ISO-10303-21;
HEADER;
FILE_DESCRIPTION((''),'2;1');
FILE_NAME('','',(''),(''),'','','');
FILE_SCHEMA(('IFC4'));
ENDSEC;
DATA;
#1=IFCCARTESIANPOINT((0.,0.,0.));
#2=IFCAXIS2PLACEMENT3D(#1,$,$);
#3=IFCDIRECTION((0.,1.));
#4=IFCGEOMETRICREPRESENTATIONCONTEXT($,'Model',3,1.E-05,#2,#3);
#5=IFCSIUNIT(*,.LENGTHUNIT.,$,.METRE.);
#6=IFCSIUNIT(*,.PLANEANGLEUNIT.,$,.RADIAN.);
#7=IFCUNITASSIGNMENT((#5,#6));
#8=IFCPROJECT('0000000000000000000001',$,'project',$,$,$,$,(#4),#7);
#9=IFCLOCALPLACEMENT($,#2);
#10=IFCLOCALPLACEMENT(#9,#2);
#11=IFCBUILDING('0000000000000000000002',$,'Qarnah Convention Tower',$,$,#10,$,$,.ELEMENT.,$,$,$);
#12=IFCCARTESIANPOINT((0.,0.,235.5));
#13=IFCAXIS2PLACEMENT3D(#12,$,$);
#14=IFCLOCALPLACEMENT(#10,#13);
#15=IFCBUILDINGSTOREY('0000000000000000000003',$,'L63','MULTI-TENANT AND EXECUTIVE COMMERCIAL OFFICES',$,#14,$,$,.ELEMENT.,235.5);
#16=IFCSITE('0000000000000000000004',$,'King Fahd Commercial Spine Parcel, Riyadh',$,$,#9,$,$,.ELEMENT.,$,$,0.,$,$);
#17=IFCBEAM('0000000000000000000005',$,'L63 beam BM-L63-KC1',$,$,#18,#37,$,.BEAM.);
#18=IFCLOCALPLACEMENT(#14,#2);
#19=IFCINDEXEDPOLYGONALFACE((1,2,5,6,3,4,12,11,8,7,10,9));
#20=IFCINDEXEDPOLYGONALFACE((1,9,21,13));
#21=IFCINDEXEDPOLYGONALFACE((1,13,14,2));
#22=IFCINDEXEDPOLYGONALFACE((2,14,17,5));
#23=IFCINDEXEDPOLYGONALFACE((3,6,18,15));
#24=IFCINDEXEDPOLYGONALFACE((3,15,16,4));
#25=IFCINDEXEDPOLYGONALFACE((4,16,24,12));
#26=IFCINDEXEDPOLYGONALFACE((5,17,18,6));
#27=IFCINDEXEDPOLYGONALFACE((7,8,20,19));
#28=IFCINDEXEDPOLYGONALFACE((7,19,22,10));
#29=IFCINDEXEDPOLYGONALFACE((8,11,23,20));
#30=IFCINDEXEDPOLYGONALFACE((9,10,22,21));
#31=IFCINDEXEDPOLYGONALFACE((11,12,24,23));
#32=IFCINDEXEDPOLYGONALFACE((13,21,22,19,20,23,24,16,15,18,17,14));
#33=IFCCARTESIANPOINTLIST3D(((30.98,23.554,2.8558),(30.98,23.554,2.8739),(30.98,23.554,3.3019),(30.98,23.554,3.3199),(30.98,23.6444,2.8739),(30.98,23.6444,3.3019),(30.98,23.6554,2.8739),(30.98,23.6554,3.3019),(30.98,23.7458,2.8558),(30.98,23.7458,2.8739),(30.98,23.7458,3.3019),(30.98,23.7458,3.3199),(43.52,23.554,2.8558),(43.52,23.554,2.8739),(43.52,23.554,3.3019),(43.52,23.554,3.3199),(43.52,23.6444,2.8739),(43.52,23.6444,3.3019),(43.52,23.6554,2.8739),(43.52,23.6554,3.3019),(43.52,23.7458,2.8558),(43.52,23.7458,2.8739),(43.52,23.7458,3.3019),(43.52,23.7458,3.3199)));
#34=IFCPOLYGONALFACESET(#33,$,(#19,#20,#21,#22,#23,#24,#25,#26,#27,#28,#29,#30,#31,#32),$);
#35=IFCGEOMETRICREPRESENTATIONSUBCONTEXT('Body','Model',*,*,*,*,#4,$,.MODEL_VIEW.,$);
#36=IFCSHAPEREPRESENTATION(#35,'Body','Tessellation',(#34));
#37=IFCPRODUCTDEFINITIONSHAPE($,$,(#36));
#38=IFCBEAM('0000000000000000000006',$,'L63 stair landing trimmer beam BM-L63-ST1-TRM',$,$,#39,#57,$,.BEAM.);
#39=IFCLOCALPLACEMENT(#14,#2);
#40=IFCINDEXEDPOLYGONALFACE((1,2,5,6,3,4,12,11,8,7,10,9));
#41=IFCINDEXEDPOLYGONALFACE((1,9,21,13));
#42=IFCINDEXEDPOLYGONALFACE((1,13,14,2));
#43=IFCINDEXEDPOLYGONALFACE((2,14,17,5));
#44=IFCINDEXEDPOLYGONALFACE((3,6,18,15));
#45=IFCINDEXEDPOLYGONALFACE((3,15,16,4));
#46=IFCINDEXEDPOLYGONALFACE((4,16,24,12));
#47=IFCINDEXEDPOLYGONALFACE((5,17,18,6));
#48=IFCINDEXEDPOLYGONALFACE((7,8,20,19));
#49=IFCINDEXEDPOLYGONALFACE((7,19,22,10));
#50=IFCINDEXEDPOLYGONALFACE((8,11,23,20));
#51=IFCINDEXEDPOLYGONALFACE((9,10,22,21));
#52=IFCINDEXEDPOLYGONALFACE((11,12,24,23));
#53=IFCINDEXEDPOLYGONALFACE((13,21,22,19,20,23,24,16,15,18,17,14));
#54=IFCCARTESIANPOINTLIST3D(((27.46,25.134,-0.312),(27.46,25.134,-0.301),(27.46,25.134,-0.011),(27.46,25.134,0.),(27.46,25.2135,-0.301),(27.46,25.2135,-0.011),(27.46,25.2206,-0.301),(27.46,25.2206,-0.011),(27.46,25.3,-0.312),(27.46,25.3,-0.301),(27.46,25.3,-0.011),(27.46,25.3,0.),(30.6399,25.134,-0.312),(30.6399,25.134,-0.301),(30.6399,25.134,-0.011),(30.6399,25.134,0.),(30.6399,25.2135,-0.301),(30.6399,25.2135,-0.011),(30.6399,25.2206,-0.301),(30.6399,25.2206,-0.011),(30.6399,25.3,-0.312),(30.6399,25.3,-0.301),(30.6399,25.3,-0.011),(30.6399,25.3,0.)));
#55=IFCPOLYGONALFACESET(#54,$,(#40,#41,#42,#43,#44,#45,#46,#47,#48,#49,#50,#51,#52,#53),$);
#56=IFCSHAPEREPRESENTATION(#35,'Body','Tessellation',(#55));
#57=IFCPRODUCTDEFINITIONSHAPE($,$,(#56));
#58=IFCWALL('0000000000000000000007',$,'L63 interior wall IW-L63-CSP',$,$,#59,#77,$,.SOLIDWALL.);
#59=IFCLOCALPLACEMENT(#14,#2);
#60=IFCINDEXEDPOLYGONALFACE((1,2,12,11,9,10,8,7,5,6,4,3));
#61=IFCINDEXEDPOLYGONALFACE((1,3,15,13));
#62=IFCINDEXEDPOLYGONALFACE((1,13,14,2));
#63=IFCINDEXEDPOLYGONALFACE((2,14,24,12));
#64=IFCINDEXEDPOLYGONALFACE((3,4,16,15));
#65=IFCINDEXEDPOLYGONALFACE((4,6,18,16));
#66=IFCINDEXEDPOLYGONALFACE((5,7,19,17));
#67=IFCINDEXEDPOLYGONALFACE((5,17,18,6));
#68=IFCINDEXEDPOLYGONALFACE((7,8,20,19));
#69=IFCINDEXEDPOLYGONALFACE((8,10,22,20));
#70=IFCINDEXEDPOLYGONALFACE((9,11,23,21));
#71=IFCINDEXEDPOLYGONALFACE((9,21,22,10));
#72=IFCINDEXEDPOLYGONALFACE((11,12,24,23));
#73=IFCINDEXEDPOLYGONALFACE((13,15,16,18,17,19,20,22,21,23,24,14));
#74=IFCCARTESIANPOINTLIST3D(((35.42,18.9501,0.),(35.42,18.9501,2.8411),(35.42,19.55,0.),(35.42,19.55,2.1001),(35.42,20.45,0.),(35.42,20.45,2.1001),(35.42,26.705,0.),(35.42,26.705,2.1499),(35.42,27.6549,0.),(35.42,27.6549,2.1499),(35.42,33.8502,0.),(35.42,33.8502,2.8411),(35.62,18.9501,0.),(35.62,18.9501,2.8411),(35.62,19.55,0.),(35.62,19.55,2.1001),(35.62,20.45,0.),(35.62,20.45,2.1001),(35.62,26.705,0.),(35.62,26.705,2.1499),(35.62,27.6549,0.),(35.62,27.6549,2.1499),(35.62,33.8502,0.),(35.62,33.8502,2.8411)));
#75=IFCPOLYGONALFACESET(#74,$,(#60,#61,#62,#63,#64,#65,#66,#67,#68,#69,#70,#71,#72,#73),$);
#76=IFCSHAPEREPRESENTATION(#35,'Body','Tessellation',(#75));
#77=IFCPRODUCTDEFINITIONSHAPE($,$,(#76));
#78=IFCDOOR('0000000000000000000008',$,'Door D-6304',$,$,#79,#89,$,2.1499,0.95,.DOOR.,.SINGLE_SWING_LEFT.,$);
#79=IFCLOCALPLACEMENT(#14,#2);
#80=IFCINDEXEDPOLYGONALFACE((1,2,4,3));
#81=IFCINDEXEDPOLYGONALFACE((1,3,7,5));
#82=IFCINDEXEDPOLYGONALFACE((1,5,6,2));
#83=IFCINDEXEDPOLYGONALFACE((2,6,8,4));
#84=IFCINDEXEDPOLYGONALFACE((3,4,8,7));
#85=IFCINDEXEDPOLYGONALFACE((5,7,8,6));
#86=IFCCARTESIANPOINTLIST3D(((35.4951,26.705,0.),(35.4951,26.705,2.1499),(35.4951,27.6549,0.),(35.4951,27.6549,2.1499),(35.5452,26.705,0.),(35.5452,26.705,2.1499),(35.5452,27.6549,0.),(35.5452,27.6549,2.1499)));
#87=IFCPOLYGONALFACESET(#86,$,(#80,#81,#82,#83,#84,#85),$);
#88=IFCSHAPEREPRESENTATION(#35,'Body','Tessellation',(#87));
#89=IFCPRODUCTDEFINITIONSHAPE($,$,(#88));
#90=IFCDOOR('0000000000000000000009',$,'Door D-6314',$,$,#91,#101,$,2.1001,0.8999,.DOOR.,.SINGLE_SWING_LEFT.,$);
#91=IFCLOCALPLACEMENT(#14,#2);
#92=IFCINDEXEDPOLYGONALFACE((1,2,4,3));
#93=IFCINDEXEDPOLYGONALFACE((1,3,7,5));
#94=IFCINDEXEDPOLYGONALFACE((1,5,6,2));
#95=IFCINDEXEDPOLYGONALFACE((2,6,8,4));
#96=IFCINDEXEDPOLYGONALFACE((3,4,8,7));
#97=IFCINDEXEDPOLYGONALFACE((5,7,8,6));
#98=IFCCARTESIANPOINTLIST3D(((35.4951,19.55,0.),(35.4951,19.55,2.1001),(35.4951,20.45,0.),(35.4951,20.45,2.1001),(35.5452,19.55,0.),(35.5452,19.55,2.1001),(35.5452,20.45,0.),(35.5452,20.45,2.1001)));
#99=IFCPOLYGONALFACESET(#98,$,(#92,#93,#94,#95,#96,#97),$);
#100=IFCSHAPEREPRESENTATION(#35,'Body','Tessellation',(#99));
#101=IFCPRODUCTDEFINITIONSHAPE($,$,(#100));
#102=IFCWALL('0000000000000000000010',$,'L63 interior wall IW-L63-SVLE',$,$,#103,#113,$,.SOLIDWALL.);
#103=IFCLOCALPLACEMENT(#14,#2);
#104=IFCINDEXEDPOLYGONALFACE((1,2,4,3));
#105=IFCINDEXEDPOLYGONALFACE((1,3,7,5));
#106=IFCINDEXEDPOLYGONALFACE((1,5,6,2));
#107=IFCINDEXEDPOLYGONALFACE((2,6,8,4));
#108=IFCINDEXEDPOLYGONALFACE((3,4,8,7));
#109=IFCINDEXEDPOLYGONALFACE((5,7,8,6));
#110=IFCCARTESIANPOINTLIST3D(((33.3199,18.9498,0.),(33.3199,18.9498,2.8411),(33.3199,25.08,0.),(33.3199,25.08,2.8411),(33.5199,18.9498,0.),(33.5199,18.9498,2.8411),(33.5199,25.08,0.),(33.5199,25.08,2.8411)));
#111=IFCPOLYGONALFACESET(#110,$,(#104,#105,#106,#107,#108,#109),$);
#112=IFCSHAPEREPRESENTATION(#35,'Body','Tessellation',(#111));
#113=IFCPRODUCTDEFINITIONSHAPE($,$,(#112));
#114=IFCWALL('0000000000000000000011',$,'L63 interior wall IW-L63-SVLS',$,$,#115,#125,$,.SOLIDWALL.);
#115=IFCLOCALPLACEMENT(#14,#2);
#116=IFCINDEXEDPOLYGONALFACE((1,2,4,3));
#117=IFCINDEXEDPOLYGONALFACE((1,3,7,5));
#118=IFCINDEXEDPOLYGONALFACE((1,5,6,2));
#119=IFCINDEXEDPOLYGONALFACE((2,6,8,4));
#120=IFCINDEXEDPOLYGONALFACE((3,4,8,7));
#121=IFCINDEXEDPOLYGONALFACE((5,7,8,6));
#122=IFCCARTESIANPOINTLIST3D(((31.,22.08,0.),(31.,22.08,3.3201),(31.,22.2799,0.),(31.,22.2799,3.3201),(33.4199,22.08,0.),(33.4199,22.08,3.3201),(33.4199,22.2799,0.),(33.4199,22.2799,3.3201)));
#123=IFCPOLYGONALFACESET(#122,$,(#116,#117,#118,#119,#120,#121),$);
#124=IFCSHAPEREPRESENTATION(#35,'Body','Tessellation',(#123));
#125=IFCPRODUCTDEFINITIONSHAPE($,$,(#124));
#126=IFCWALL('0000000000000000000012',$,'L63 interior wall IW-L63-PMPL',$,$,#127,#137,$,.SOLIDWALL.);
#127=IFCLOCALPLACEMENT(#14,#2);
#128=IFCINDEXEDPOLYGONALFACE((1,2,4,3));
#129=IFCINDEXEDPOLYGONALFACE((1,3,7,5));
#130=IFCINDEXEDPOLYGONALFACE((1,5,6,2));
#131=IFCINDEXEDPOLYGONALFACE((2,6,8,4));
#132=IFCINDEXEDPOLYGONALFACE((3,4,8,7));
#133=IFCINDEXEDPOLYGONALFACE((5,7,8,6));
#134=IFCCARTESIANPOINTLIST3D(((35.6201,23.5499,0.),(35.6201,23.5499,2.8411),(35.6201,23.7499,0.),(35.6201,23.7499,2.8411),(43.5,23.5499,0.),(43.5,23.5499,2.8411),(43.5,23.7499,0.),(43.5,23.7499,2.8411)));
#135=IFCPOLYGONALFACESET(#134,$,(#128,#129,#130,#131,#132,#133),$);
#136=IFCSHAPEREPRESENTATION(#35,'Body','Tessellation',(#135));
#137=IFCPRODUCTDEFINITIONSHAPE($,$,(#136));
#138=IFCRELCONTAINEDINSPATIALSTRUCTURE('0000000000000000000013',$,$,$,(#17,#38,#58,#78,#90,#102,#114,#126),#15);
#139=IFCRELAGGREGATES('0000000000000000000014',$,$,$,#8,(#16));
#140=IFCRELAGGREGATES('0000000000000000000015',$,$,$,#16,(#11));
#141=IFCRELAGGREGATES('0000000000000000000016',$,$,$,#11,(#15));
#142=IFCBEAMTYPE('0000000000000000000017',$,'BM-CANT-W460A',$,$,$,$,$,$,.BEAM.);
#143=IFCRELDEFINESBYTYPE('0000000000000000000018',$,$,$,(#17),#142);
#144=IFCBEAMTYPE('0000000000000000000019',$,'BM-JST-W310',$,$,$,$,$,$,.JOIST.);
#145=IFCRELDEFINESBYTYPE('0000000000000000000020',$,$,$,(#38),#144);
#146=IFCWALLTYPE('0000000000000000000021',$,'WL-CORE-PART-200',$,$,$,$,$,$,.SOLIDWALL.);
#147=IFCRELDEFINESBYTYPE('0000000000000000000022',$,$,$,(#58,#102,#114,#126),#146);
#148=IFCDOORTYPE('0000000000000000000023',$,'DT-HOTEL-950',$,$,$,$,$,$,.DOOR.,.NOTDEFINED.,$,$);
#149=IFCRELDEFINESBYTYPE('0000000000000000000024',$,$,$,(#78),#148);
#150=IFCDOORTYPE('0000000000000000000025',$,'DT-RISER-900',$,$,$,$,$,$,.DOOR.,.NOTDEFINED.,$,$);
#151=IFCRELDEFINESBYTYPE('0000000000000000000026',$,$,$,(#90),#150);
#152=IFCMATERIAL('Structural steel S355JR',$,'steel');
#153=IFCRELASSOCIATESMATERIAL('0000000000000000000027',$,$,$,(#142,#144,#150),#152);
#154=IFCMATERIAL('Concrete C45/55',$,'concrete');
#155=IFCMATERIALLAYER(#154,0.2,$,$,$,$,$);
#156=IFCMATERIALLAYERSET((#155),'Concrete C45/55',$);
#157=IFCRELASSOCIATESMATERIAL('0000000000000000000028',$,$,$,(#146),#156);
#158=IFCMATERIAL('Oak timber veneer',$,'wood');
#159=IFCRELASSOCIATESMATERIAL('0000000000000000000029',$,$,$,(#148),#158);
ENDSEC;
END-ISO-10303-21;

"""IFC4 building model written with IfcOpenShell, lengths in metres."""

from ifc_helpers import new_model, si_unit, direction, frame, frame_2d, origin, origin_2d, place, context, subcontext, project, spatial, rectangle, i_section, extrude, material, layer, layer_set, material_profile, profile_set, type_object, element, fill, save


model = new_model("IFC4")

# Units and contexts
model_context = context("Model", 3, precision=1e-05, world=origin(), true_north=direction((0.0, 1.0)))
body_context = subcontext(model_context, "Body", "Model", "MODEL_VIEW")
ifc_project = project(units=[si_unit("LENGTHUNIT", "METRE"), si_unit("PLANEANGLEUNIT", "RADIAN")], contexts=[model_context])

# Site, building, storey
site_placement = place(None, origin())
site = spatial("IfcSite", under=ifc_project, at=site_placement, Name="King Fahd Commercial Spine Parcel, Riyadh", CompositionType="ELEMENT", RefElevation=0.0)
building_placement = place(site_placement, origin())
building = spatial("IfcBuilding", under=site, at=building_placement, Name="Qarnah Convention Tower", CompositionType="ELEMENT")
storey_placement = place(building_placement, frame((0.0, 0.0, 235.5)))
storey = spatial("IfcBuildingStorey", under=building, at=storey_placement, Name="L63", Description="MULTI-TENANT AND EXECUTIVE COMMERCIAL OFFICES", CompositionType="ELEMENT", Elevation=235.5)

# Beams
ifc_material_1 = material(Name="Structural steel S355JR", Category="steel")
ifc_material_profile_1 = material_profile(ifc_material_1, i_section(OverallWidth=0.1919, OverallDepth=0.4641, WebThickness=0.011, FlangeThickness=0.0181, at=origin_2d()), Name="W460X89")
ifc_profile_set_1 = profile_set([ifc_material_profile_1], Name="Structural steel S355JR")
beam_type_1 = type_object("IfcBeamType", Name="BM-CANT-W460A", PredefinedType="BEAM", material=ifc_profile_set_1)
beam_1_placement = place(storey_placement, frame((30.98, 23.6499, 3.0879), z_axis=(1.0, 0.0, 0.0), x_axis=(0.0, 1.0, 0.0)))
element("IfcBeam", 1, at=beam_1_placement, inside=storey, type_object=beam_type_1, Name="L63 beam BM-L63-KC1", PredefinedType="BEAM", context=body_context, shape_type="SweptSolid", body=[
    extrude(i_section(OverallWidth=0.1919, OverallDepth=0.4641, WebThickness=0.011, FlangeThickness=0.0181, at=origin_2d()), origin(), (0.0, 0.0, 1.0), 12.54),
])
ifc_material_profile_2 = material_profile(ifc_material_1, i_section(OverallWidth=0.166, OverallDepth=0.312, WebThickness=0.0071, FlangeThickness=0.011, at=origin_2d()), Name="W310X45")
ifc_profile_set_2 = profile_set([ifc_material_profile_2], Name="Structural steel S355JR")
beam_type_2 = type_object("IfcBeamType", Name="BM-JST-W310", PredefinedType="JOIST", material=ifc_profile_set_2)
beam_2_placement = place(storey_placement, frame((27.46, 25.217, -0.156), z_axis=(1.0, 0.0, 0.0), x_axis=(0.0, 1.0, 0.0)))
element("IfcBeam", 2, at=beam_2_placement, inside=storey, type_object=beam_type_2, Name="L63 stair landing trimmer beam BM-L63-ST1-TRM", PredefinedType="BEAM", context=body_context, shape_type="SweptSolid", body=[
    extrude(i_section(OverallWidth=0.166, OverallDepth=0.312, WebThickness=0.0071, FlangeThickness=0.011, at=origin_2d()), origin(), (0.0, 0.0, 1.0), 3.1799),
])

# Wall, openings, doors
ifc_material_2 = material(Name="Concrete C45/55", Category="concrete")
ifc_layer_1 = layer(ifc_material_2, 0.2)
ifc_layer_set_1 = layer_set([ifc_layer_1], Name="Concrete C45/55")
wall_type_1 = type_object("IfcWallType", Name="WL-CORE-PART-200", PredefinedType="SOLIDWALL", material=ifc_layer_set_1)
wall_1_placement = place(storey_placement, frame((35.52, 18.95, 0.0), z_axis=(0.0, 0.0, 1.0), x_axis=(0.0, 1.0, 0.0)))
wall_1 = element("IfcWall", 3, at=wall_1_placement, inside=storey, type_object=wall_type_1, Name="L63 interior wall IW-L63-CSP", PredefinedType="SOLIDWALL", context=body_context, shape_type="SweptSolid", body=[
    extrude(rectangle(XDim=14.9001, YDim=0.2, at=frame_2d((7.4502, 0.0))), origin(), (0.0, 0.0, 1.0), 2.8411),
])
opening_1_placement = place(wall_1_placement, frame((7.7549, 0.0, 0.0)))
opening_1 = element("IfcOpeningElement", 4, at=opening_1_placement, cuts=wall_1, PredefinedType="OPENING", context=body_context, shape_type="SweptSolid", body=[
    extrude(rectangle(XDim=0.95, YDim=2.1499, at=frame_2d((0.4751, 1.075))), frame((0.0, 0.1099, 0.0), z_axis=(0.0, -1.0, 0.0), x_axis=(1.0, 0.0, 0.0)), (0.0, 0.0, 1.0), 0.22),
])
opening_2_placement = place(wall_1_placement, frame((0.6001, 0.0, 0.0)))
opening_2 = element("IfcOpeningElement", 5, at=opening_2_placement, cuts=wall_1, PredefinedType="OPENING", context=body_context, shape_type="SweptSolid", body=[
    extrude(rectangle(XDim=0.8999, YDim=2.1001, at=frame_2d((0.45, 1.05))), frame((0.0, 0.1099, 0.0), z_axis=(0.0, -1.0, 0.0), x_axis=(1.0, 0.0, 0.0)), (0.0, 0.0, 1.0), 0.22),
])
ifc_material_3 = material(Name="Oak timber veneer", Category="wood")
door_type_1 = type_object("IfcDoorType", Name="DT-HOTEL-950", OperationType="NOTDEFINED", PredefinedType="DOOR", material=ifc_material_3)
door_1_placement = place(opening_1_placement, origin())
door_1 = element("IfcDoor", 6, at=door_1_placement, inside=storey, type_object=door_type_1, Name="Door D-6304", OperationType="SINGLE_SWING_LEFT", OverallHeight=2.1499, OverallWidth=0.95, PredefinedType="DOOR", context=body_context, shape_type="SweptSolid", body=[
    extrude(rectangle(XDim=0.95, YDim=2.1499, at=frame_2d((0.4751, 1.075))), frame((0.0, 0.0249, 0.0), z_axis=(0.0, -1.0, 0.0), x_axis=(1.0, 0.0, 0.0)), (0.0, 0.0, 1.0), 0.05),
])
fill(opening_1, door_1)
door_type_2 = type_object("IfcDoorType", Name="DT-RISER-900", OperationType="NOTDEFINED", PredefinedType="DOOR", material=ifc_material_1)
door_2_placement = place(opening_2_placement, origin())
door_2 = element("IfcDoor", 7, at=door_2_placement, inside=storey, type_object=door_type_2, Name="Door D-6314", OperationType="SINGLE_SWING_LEFT", OverallHeight=2.1001, OverallWidth=0.8999, PredefinedType="DOOR", context=body_context, shape_type="SweptSolid", body=[
    extrude(rectangle(XDim=0.8999, YDim=2.1001, at=frame_2d((0.45, 1.05))), frame((0.0, 0.0249, 0.0), z_axis=(0.0, -1.0, 0.0), x_axis=(1.0, 0.0, 0.0)), (0.0, 0.0, 1.0), 0.05),
])
fill(opening_2, door_2)

# Walls
wall_2_placement = place(storey_placement, frame((33.4199, 18.95, 0.0), z_axis=(0.0, 0.0, 1.0), x_axis=(0.0, 1.0, 0.0)))
element("IfcWall", 8, at=wall_2_placement, inside=storey, type_object=wall_type_1, Name="L63 interior wall IW-L63-SVLE", PredefinedType="SOLIDWALL", context=body_context, shape_type="SweptSolid", body=[
    extrude(rectangle(XDim=6.1301, YDim=0.2, at=frame_2d((3.0649, 0.0))), origin(), (0.0, 0.0, 1.0), 2.8411),
])
wall_3_placement = place(storey_placement, frame((31.0, 22.1799, 0.0), z_axis=(0.0, 0.0, 1.0), x_axis=(1.0, 0.0, 0.0)))
element("IfcWall", 9, at=wall_3_placement, inside=storey, type_object=wall_type_1, Name="L63 interior wall IW-L63-SVLS", PredefinedType="SOLIDWALL", context=body_context, shape_type="SweptSolid", body=[
    extrude(rectangle(XDim=2.4199, YDim=0.2, at=frame_2d((1.21, 0.0))), origin(), (0.0, 0.0, 1.0), 3.3201),
])
wall_4_placement = place(storey_placement, frame((35.6201, 23.6499, 0.0), z_axis=(0.0, 0.0, 1.0), x_axis=(1.0, 0.0, 0.0)))
element("IfcWall", 10, at=wall_4_placement, inside=storey, type_object=wall_type_1, Name="L63 interior wall IW-L63-PMPL", PredefinedType="SOLIDWALL", context=body_context, shape_type="SweptSolid", body=[
    extrude(rectangle(XDim=7.8799, YDim=0.2, at=frame_2d((3.9399, 0.0))), origin(), (0.0, 0.0, 1.0), 2.8411),
])

save(model, "model.ifc")
